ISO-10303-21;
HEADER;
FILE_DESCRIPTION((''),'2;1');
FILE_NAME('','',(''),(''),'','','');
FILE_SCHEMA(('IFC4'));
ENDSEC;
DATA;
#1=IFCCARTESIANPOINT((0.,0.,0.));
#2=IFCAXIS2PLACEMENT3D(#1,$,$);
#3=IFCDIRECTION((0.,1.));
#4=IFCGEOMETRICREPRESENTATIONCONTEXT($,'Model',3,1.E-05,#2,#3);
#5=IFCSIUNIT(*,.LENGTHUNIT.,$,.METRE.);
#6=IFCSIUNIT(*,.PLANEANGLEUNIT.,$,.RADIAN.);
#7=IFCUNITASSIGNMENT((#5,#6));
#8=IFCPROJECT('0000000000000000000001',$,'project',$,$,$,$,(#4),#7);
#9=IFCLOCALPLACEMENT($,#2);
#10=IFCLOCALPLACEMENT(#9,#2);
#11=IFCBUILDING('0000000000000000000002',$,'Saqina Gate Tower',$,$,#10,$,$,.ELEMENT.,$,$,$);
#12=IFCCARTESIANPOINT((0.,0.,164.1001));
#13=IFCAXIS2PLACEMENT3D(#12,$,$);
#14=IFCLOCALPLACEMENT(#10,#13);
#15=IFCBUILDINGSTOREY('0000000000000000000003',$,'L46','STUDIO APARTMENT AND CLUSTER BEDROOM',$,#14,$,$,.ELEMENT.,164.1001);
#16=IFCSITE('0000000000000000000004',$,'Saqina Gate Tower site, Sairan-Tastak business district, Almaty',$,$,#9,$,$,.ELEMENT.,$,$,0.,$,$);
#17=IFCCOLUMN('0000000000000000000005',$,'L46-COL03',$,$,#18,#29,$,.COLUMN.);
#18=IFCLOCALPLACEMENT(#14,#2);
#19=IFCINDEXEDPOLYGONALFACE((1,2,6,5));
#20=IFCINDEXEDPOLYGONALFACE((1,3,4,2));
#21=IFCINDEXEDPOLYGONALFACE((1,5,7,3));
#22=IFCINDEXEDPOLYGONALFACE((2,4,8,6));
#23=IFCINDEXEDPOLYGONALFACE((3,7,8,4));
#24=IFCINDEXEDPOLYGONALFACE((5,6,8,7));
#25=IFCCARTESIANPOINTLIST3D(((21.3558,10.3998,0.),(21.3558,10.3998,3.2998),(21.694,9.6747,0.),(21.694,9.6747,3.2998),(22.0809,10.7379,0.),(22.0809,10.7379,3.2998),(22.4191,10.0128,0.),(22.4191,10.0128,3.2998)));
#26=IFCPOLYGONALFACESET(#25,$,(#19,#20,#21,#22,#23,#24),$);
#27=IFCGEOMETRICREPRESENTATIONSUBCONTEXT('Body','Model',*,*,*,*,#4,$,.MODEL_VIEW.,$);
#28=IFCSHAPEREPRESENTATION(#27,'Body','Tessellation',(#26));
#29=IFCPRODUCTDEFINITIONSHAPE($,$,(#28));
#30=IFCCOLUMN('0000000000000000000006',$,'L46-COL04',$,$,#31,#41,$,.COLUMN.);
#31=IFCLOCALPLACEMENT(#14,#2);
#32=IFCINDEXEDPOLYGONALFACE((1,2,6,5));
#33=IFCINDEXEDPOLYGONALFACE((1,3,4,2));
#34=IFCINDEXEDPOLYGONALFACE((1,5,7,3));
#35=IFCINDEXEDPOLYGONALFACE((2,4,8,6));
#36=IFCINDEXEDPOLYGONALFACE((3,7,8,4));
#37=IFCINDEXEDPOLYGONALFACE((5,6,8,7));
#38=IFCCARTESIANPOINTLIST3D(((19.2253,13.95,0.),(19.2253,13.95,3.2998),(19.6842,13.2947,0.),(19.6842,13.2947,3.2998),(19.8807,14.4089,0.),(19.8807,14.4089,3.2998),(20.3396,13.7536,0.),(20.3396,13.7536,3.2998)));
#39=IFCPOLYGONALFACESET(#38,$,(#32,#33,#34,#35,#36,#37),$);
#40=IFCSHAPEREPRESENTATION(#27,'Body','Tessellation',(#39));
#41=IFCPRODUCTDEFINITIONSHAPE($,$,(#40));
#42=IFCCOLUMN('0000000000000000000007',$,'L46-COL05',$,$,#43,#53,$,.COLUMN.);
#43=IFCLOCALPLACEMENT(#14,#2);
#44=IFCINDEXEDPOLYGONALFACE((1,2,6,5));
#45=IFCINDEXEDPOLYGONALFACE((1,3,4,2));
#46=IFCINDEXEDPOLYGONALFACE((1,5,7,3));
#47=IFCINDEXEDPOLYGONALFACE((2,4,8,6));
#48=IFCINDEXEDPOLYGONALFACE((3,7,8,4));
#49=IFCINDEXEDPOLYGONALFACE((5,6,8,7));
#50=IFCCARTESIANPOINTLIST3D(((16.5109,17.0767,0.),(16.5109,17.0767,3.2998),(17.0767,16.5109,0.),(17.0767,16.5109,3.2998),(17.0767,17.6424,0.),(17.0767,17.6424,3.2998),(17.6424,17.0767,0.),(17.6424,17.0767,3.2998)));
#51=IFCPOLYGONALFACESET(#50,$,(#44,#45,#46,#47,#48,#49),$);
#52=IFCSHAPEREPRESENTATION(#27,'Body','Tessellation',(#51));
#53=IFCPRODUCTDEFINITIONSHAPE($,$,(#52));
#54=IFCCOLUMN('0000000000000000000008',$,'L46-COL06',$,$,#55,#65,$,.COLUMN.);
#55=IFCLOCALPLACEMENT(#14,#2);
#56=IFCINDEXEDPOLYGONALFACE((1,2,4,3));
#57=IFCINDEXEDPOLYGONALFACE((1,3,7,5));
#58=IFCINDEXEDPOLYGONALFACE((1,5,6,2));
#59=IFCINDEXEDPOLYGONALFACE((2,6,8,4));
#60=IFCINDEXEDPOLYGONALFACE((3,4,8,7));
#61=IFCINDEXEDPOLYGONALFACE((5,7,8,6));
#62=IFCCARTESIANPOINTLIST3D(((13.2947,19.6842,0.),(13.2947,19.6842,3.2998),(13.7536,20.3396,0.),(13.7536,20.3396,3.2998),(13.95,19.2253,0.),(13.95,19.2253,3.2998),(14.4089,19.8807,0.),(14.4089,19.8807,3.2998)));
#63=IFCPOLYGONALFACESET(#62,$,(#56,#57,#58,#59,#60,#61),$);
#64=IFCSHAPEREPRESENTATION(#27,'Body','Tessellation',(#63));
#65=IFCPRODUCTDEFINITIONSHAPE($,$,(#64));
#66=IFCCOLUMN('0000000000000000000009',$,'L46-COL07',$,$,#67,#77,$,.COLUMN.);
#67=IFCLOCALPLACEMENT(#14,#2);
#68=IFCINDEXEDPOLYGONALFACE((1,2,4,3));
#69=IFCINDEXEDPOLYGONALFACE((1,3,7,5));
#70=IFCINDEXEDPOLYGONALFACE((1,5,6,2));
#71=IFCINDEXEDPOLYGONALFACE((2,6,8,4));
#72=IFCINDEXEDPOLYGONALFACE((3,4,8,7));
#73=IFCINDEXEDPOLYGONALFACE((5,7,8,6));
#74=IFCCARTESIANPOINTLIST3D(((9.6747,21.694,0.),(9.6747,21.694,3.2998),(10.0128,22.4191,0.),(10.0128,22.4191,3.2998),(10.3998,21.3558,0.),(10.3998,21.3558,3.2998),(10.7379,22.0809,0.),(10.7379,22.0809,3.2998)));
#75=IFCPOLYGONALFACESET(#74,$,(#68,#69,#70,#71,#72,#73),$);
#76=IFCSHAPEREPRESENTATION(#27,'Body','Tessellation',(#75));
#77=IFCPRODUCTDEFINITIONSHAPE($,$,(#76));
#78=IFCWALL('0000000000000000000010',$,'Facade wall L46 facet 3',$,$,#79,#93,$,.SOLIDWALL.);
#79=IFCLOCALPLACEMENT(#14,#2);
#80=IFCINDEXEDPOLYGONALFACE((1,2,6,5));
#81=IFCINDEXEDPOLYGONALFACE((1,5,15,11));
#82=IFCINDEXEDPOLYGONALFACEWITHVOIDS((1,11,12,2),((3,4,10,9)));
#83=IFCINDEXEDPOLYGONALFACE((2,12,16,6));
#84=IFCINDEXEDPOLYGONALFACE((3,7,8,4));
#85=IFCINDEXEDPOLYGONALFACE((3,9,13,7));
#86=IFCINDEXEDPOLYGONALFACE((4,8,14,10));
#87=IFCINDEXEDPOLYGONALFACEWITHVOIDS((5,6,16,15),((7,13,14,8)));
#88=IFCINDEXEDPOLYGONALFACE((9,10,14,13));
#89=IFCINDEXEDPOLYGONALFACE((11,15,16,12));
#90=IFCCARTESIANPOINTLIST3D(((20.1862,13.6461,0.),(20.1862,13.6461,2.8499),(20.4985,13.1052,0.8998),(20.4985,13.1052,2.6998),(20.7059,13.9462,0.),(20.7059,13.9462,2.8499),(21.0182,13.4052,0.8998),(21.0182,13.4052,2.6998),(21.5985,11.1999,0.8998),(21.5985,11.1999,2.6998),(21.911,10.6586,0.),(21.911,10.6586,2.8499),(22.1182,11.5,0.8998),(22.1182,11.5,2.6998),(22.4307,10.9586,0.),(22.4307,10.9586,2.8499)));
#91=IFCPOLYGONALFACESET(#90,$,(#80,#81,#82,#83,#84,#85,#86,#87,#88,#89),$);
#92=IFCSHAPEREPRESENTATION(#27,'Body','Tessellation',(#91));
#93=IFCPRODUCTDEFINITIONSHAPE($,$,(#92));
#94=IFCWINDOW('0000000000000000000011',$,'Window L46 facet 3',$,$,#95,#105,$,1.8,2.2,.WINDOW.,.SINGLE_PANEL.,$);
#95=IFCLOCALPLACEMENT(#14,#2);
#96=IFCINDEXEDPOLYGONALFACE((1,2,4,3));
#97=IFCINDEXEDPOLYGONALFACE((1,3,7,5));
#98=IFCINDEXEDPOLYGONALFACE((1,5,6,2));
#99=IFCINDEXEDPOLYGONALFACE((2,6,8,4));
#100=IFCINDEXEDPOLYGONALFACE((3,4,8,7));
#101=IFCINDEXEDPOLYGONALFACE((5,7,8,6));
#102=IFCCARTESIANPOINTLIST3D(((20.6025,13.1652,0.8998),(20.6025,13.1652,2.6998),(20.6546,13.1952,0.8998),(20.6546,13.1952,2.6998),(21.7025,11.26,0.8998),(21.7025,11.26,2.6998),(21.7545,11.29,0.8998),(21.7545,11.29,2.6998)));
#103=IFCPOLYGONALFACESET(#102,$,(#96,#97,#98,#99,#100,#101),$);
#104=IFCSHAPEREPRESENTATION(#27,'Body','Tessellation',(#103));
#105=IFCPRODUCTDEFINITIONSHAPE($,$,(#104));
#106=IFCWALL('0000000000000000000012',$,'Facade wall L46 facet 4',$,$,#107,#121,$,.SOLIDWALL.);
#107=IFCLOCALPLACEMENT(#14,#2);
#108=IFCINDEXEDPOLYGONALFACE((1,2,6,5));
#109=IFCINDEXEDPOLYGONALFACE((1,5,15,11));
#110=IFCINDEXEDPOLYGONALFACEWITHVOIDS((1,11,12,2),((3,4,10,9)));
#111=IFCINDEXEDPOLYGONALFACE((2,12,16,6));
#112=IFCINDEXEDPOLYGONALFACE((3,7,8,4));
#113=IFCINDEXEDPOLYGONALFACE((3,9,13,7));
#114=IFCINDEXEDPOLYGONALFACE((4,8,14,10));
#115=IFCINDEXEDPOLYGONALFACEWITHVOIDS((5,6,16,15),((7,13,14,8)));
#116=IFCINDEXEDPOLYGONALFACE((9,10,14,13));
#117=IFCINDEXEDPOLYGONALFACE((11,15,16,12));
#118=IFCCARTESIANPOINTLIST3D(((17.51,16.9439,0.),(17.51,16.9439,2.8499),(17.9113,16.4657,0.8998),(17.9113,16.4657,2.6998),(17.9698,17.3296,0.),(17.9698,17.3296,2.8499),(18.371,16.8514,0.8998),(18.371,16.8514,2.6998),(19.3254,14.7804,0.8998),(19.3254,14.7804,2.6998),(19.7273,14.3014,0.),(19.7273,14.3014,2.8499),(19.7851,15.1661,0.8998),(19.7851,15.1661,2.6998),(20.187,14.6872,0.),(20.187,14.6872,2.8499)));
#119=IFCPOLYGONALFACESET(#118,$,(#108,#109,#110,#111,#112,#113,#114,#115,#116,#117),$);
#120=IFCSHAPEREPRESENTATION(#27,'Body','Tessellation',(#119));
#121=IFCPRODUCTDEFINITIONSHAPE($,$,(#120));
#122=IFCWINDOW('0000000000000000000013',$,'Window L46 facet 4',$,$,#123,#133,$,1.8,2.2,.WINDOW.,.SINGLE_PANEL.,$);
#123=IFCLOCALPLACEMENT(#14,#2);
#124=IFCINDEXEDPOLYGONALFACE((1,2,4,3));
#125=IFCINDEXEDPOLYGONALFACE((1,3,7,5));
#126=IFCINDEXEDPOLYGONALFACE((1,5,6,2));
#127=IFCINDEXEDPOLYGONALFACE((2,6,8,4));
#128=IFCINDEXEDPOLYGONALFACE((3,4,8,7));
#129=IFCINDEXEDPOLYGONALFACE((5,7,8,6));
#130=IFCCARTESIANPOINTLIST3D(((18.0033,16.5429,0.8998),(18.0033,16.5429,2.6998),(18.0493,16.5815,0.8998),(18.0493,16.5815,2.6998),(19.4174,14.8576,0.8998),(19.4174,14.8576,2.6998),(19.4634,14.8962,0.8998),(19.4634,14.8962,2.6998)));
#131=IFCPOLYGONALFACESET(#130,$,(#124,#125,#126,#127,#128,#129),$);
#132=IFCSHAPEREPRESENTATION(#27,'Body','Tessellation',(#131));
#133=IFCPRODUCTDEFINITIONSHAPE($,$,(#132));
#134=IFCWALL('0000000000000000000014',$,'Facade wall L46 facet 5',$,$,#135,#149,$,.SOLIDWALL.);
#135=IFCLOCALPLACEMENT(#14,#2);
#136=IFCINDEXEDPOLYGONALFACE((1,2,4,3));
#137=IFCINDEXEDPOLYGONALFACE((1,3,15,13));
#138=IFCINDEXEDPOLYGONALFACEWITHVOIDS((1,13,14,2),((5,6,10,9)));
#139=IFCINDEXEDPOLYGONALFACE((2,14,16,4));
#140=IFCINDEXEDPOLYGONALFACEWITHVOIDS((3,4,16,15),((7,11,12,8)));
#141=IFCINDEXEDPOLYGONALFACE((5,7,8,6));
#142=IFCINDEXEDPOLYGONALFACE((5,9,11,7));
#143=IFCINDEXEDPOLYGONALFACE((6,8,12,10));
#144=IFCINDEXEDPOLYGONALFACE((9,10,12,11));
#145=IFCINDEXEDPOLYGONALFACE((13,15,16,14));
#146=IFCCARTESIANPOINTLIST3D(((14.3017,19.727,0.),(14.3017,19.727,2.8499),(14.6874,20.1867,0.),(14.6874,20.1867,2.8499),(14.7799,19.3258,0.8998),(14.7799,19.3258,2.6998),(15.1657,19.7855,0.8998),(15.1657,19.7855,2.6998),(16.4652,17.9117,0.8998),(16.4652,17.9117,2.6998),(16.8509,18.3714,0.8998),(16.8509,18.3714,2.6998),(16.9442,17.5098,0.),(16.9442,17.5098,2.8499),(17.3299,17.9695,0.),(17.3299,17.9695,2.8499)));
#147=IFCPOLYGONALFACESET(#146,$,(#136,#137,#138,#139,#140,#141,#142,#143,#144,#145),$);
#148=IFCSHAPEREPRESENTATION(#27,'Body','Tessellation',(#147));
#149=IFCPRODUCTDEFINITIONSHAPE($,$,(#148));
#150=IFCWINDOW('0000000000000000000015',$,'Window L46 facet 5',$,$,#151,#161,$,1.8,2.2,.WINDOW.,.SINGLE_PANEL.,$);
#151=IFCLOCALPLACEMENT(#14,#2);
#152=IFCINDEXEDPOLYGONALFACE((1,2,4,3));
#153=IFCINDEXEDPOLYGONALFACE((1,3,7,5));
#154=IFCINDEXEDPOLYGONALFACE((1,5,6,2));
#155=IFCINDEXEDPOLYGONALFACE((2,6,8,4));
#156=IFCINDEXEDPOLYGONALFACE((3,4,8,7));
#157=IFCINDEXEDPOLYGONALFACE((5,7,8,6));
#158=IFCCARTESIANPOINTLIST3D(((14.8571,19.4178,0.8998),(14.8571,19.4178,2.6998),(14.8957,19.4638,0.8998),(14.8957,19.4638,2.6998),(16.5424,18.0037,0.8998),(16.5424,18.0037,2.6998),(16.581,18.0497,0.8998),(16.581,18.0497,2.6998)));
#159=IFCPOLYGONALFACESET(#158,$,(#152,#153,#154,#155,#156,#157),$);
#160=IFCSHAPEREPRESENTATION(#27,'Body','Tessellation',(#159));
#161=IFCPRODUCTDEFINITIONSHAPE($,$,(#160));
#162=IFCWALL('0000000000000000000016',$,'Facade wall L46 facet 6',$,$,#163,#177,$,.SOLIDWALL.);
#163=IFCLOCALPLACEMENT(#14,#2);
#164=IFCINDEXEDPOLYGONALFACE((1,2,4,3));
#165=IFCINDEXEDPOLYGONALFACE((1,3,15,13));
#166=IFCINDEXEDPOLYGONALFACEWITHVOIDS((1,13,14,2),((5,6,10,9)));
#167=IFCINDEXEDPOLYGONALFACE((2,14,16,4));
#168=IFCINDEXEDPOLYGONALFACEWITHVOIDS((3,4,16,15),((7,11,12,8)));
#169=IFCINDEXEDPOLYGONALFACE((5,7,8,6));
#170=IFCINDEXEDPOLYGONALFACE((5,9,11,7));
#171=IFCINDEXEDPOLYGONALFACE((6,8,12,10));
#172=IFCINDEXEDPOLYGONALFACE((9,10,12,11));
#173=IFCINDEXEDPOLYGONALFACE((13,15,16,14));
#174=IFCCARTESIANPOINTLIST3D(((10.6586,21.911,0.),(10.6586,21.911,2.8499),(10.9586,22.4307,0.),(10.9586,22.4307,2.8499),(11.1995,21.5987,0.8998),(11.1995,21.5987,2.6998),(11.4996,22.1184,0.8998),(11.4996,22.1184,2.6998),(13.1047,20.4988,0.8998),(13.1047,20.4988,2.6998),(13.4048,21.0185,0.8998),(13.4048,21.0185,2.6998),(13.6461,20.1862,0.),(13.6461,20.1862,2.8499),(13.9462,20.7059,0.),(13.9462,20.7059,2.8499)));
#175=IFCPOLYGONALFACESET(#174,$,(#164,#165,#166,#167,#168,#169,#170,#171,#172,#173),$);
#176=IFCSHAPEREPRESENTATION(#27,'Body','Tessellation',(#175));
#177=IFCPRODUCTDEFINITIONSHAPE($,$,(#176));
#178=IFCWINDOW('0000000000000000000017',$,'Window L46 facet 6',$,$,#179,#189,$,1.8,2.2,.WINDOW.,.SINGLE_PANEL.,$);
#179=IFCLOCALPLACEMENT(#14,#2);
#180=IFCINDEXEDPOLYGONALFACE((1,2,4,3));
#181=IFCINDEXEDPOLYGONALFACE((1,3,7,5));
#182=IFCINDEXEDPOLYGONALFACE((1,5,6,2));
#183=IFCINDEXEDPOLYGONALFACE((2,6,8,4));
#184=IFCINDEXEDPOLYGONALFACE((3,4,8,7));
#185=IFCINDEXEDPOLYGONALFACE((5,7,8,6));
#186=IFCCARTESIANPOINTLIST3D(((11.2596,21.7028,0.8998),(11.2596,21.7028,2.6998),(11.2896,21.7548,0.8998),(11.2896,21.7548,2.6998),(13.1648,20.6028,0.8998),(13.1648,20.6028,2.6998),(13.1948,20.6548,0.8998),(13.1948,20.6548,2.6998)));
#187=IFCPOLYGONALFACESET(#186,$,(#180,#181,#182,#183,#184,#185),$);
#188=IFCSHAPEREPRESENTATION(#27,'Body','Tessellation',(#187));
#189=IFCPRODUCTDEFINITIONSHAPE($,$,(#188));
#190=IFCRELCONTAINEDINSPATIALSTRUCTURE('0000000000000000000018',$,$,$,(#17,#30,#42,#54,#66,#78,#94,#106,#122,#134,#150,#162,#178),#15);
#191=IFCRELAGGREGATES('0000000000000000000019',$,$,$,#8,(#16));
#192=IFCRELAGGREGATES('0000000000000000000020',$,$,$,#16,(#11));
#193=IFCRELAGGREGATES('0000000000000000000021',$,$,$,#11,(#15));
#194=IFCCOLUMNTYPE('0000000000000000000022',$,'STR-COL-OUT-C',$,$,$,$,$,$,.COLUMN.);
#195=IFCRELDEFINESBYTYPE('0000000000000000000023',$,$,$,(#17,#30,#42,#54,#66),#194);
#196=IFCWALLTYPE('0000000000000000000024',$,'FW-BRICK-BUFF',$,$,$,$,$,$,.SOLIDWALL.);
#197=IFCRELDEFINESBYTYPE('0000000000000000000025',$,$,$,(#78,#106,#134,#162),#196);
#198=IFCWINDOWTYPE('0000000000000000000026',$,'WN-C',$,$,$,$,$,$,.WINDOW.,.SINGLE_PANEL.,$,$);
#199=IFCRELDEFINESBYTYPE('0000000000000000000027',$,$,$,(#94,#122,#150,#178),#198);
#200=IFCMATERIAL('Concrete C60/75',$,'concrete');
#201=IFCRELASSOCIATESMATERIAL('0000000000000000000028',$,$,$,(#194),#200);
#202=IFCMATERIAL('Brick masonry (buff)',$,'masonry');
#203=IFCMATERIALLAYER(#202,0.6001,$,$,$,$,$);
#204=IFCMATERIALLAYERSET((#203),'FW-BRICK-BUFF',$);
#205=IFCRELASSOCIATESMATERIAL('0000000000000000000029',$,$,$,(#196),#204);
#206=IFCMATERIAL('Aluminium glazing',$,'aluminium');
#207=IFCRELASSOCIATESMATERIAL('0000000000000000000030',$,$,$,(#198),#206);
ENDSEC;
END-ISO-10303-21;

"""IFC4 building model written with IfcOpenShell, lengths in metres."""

from ifc_helpers import new_model, si_unit, direction, frame, frame_2d, origin, origin_2d, place, context, subcontext, project, spatial, rectangle, extrude, material, layer, layer_set, material_profile, profile_set, type_object, element, fill, save


model = new_model("IFC4")

# Units and contexts
model_context = context("Model", 3, precision=1e-05, world=origin(), true_north=direction((0.0, 1.0)))
body_context = subcontext(model_context, "Body", "Model", "MODEL_VIEW")
ifc_project = project(units=[si_unit("LENGTHUNIT", "METRE"), si_unit("PLANEANGLEUNIT", "RADIAN")], contexts=[model_context])

# Site, building, storey
site_placement = place(None, origin())
site = spatial("IfcSite", under=ifc_project, at=site_placement, Name="Saqina Gate Tower site, Sairan-Tastak business district, Almaty", CompositionType="ELEMENT", RefElevation=0.0)
building_placement = place(site_placement, origin())
building = spatial("IfcBuilding", under=site, at=building_placement, Name="Saqina Gate Tower", CompositionType="ELEMENT")
storey_placement = place(building_placement, frame((0.0, 0.0, 164.1001)))
storey = spatial("IfcBuildingStorey", under=building, at=storey_placement, Name="L46", Description="STUDIO APARTMENT AND CLUSTER BEDROOM", CompositionType="ELEMENT", Elevation=164.1001)

# Columns
ifc_material_1 = material(Name="Concrete C60/75", Category="concrete")
ifc_material_profile = material_profile(ifc_material_1, rectangle(XDim=0.8, YDim=0.8, at=origin_2d()), Name="RC 800x800")
ifc_profile_set = profile_set([ifc_material_profile], Name="Concrete C60/75")
column_type = type_object("IfcColumnType", Name="STR-COL-OUT-C", PredefinedType="COLUMN", material=ifc_profile_set)
for number, where, z_axis, x_axis, name in (
    (1, (21.8875, 10.2063, 0.0), (0.0, 0.0, 1.0), (0.906308, 0.422618, 0.0), "L46-COL03"),
    (2, (19.7825, 13.8518, 0.0), (0.0, 0.0, 1.0), (0.819152, 0.573576, 0.0), "L46-COL04"),
    (3, (17.0767, 17.0767, 0.0), (0.0, 0.0, 1.0), (0.707107, 0.707107, 0.0), "L46-COL05"),
    (4, (13.8518, 19.7825, 0.0), (0.0, 0.0, 1.0), (0.573576, 0.819152, 0.0), "L46-COL06"),
    (5, (10.2063, 21.8875, 0.0), (0.0, 0.0, 1.0), (0.422618, 0.906308, 0.0), "L46-COL07"),
):
    element("IfcColumn", number, at=place(storey_placement, frame(where, z_axis=z_axis, x_axis=x_axis)), inside=storey, type_object=column_type, Name=name, PredefinedType="COLUMN", context=body_context, shape_type="SweptSolid", body=[
        extrude(rectangle(XDim=0.8, YDim=0.8, at=origin_2d()), origin(), (0.0, 0.0, 1.0), 3.2998),
    ])

# Walls, openings, windows
ifc_material_2 = material(Name="Brick masonry (buff)", Category="masonry")
ifc_layer_1 = layer(ifc_material_2, 0.6001)
ifc_layer_set_1 = layer_set([ifc_layer_1], Name="FW-BRICK-BUFF")
wall_type_1 = type_object("IfcWallType", Name="FW-BRICK-BUFF", PredefinedType="SOLIDWALL", material=ifc_layer_set_1)
wall_1_placement = place(storey_placement, frame((22.1709, 10.8086, 0.0), z_axis=(0.0, 0.0, 1.0), x_axis=(-0.499998, 0.866026, 0.0)))
wall_1 = element("IfcWall", 6, at=wall_1_placement, inside=storey, type_object=wall_type_1, Name="Facade wall L46 facet 3", PredefinedType="SOLIDWALL", context=body_context, shape_type="SweptSolid", body=[
    extrude(rectangle(XDim=3.4497, YDim=0.6001, at=frame_2d((1.7249, 0.0))), origin(), (0.0, 0.0, 1.0), 2.8499),
])
opening_1_placement = place(wall_1_placement, frame((0.625, 0.0, 0.8999)))
opening_1 = element("IfcOpeningElement", 7, at=opening_1_placement, cuts=wall_1, PredefinedType="OPENING", context=body_context, shape_type="SweptSolid", body=[
    extrude(rectangle(XDim=2.2, YDim=1.8, at=frame_2d((1.1001, 0.8999))), frame((0.0, 0.312, 0.0), z_axis=(0.0, -1.0, 0.0), x_axis=(1.0, 0.0, 0.0)), (0.0, 0.0, 1.0), 0.624),
])
ifc_material_3 = material(Name="Aluminium glazing", Category="aluminium")
window_type = type_object("IfcWindowType", Name="WN-C", PartitioningType="SINGLE_PANEL", PredefinedType="WINDOW", material=ifc_material_3)
window_1_placement = place(opening_1_placement, origin())
window_1 = element("IfcWindow", 8, at=window_1_placement, inside=storey, type_object=window_type, Name="Window L46 facet 3", OverallHeight=1.8, OverallWidth=2.2, PartitioningType="SINGLE_PANEL", PredefinedType="WINDOW", context=body_context, shape_type="SweptSolid", body=[
    extrude(rectangle(XDim=2.2, YDim=1.8, at=frame_2d((1.1001, 0.8999))), frame((0.0, 0.1799, 0.0), z_axis=(0.0, -1.0, 0.0), x_axis=(1.0, 0.0, 0.0)), (0.0, 0.0, 1.0), 0.0601),
])
fill(opening_1, window_1)
wall_2_placement = place(storey_placement, frame((19.957, 14.4944, 0.0), z_axis=(0.0, 0.0, 1.0), x_axis=(-0.64277, 0.766059, 0.0)))
wall_2 = element("IfcWall", 9, at=wall_2_placement, inside=storey, type_object=wall_type_1, Name="Facade wall L46 facet 4", PredefinedType="SOLIDWALL", context=body_context, shape_type="SweptSolid", body=[
    extrude(rectangle(XDim=3.4495, YDim=0.6001, at=frame_2d((1.7246, 0.0))), origin(), (0.0, 0.0, 1.0), 2.8499),
])
opening_2_placement = place(wall_2_placement, frame((0.625, 0.0, 0.8999)))
opening_2 = element("IfcOpeningElement", 10, at=opening_2_placement, cuts=wall_2, PredefinedType="OPENING", context=body_context, shape_type="SweptSolid", body=[
    extrude(rectangle(XDim=2.2, YDim=1.8, at=frame_2d((1.1001, 0.8999))), frame((0.0, 0.312, 0.0), z_axis=(0.0, -1.0, 0.0), x_axis=(1.0, 0.0, 0.0)), (0.0, 0.0, 1.0), 0.624),
])
window_2_placement = place(opening_2_placement, origin())
window_2 = element("IfcWindow", 11, at=window_2_placement, inside=storey, type_object=window_type, Name="Window L46 facet 4", OverallHeight=1.8, OverallWidth=2.2, PartitioningType="SINGLE_PANEL", PredefinedType="WINDOW", context=body_context, shape_type="SweptSolid", body=[
    extrude(rectangle(XDim=2.2, YDim=1.8, at=frame_2d((1.1001, 0.8999))), frame((0.0, 0.1799, 0.0), z_axis=(0.0, -1.0, 0.0), x_axis=(1.0, 0.0, 0.0)), (0.0, 0.0, 1.0), 0.0601),
])
fill(opening_2, window_2)
wall_3_placement = place(storey_placement, frame((17.137, 17.7397, 0.0), z_axis=(0.0, 0.0, 1.0), x_axis=(-0.766059, 0.64277, 0.0)))
wall_3 = element("IfcWall", 12, at=wall_3_placement, inside=storey, type_object=wall_type_1, Name="Facade wall L46 facet 5", PredefinedType="SOLIDWALL", context=body_context, shape_type="SweptSolid", body=[
    extrude(rectangle(XDim=3.4495, YDim=0.6001, at=frame_2d((1.7246, 0.0))), origin(), (0.0, 0.0, 1.0), 2.8499),
])
opening_3_placement = place(wall_3_placement, frame((0.625, 0.0, 0.8999)))
opening_3 = element("IfcOpeningElement", 13, at=opening_3_placement, cuts=wall_3, PredefinedType="OPENING", context=body_context, shape_type="SweptSolid", body=[
    extrude(rectangle(XDim=2.2, YDim=1.8, at=frame_2d((1.1001, 0.8999))), frame((0.0, 0.312, 0.0), z_axis=(0.0, -1.0, 0.0), x_axis=(1.0, 0.0, 0.0)), (0.0, 0.0, 1.0), 0.624),
])
window_3_placement = place(opening_3_placement, origin())
window_3 = element("IfcWindow", 14, at=window_3_placement, inside=storey, type_object=window_type, Name="Window L46 facet 5", OverallHeight=1.8, OverallWidth=2.2, PartitioningType="SINGLE_PANEL", PredefinedType="WINDOW", context=body_context, shape_type="SweptSolid", body=[
    extrude(rectangle(XDim=2.2, YDim=1.8, at=frame_2d((1.1001, 0.8999))), frame((0.0, 0.1799, 0.0), z_axis=(0.0, -1.0, 0.0), x_axis=(1.0, 0.0, 0.0)), (0.0, 0.0, 1.0), 0.0601),
])
fill(opening_3, window_3)
wall_4_placement = place(storey_placement, frame((13.7961, 20.446, 0.0), z_axis=(0.0, 0.0, 1.0), x_axis=(-0.866026, 0.499998, 0.0)))
wall_4 = element("IfcWall", 15, at=wall_4_placement, inside=storey, type_object=wall_type_1, Name="Facade wall L46 facet 6", PredefinedType="SOLIDWALL", context=body_context, shape_type="SweptSolid", body=[
    extrude(rectangle(XDim=3.4497, YDim=0.6001, at=frame_2d((1.7249, 0.0))), origin(), (0.0, 0.0, 1.0), 2.8499),
])
opening_4_placement = place(wall_4_placement, frame((0.625, 0.0, 0.8999)))
opening_4 = element("IfcOpeningElement", 16, at=opening_4_placement, cuts=wall_4, PredefinedType="OPENING", context=body_context, shape_type="SweptSolid", body=[
    extrude(rectangle(XDim=2.2, YDim=1.8, at=frame_2d((1.1001, 0.8999))), frame((0.0, 0.312, 0.0), z_axis=(0.0, -1.0, 0.0), x_axis=(1.0, 0.0, 0.0)), (0.0, 0.0, 1.0), 0.624),
])
window_4_placement = place(opening_4_placement, origin())
window_4 = element("IfcWindow", 17, at=window_4_placement, inside=storey, type_object=window_type, Name="Window L46 facet 6", OverallHeight=1.8, OverallWidth=2.2, PartitioningType="SINGLE_PANEL", PredefinedType="WINDOW", context=body_context, shape_type="SweptSolid", body=[
    extrude(rectangle(XDim=2.2, YDim=1.8, at=frame_2d((1.1001, 0.8999))), frame((0.0, 0.1799, 0.0), z_axis=(0.0, -1.0, 0.0), x_axis=(1.0, 0.0, 0.0)), (0.0, 0.0, 1.0), 0.0601),
])
fill(opening_4, window_4)

save(model, "model.ifc")
